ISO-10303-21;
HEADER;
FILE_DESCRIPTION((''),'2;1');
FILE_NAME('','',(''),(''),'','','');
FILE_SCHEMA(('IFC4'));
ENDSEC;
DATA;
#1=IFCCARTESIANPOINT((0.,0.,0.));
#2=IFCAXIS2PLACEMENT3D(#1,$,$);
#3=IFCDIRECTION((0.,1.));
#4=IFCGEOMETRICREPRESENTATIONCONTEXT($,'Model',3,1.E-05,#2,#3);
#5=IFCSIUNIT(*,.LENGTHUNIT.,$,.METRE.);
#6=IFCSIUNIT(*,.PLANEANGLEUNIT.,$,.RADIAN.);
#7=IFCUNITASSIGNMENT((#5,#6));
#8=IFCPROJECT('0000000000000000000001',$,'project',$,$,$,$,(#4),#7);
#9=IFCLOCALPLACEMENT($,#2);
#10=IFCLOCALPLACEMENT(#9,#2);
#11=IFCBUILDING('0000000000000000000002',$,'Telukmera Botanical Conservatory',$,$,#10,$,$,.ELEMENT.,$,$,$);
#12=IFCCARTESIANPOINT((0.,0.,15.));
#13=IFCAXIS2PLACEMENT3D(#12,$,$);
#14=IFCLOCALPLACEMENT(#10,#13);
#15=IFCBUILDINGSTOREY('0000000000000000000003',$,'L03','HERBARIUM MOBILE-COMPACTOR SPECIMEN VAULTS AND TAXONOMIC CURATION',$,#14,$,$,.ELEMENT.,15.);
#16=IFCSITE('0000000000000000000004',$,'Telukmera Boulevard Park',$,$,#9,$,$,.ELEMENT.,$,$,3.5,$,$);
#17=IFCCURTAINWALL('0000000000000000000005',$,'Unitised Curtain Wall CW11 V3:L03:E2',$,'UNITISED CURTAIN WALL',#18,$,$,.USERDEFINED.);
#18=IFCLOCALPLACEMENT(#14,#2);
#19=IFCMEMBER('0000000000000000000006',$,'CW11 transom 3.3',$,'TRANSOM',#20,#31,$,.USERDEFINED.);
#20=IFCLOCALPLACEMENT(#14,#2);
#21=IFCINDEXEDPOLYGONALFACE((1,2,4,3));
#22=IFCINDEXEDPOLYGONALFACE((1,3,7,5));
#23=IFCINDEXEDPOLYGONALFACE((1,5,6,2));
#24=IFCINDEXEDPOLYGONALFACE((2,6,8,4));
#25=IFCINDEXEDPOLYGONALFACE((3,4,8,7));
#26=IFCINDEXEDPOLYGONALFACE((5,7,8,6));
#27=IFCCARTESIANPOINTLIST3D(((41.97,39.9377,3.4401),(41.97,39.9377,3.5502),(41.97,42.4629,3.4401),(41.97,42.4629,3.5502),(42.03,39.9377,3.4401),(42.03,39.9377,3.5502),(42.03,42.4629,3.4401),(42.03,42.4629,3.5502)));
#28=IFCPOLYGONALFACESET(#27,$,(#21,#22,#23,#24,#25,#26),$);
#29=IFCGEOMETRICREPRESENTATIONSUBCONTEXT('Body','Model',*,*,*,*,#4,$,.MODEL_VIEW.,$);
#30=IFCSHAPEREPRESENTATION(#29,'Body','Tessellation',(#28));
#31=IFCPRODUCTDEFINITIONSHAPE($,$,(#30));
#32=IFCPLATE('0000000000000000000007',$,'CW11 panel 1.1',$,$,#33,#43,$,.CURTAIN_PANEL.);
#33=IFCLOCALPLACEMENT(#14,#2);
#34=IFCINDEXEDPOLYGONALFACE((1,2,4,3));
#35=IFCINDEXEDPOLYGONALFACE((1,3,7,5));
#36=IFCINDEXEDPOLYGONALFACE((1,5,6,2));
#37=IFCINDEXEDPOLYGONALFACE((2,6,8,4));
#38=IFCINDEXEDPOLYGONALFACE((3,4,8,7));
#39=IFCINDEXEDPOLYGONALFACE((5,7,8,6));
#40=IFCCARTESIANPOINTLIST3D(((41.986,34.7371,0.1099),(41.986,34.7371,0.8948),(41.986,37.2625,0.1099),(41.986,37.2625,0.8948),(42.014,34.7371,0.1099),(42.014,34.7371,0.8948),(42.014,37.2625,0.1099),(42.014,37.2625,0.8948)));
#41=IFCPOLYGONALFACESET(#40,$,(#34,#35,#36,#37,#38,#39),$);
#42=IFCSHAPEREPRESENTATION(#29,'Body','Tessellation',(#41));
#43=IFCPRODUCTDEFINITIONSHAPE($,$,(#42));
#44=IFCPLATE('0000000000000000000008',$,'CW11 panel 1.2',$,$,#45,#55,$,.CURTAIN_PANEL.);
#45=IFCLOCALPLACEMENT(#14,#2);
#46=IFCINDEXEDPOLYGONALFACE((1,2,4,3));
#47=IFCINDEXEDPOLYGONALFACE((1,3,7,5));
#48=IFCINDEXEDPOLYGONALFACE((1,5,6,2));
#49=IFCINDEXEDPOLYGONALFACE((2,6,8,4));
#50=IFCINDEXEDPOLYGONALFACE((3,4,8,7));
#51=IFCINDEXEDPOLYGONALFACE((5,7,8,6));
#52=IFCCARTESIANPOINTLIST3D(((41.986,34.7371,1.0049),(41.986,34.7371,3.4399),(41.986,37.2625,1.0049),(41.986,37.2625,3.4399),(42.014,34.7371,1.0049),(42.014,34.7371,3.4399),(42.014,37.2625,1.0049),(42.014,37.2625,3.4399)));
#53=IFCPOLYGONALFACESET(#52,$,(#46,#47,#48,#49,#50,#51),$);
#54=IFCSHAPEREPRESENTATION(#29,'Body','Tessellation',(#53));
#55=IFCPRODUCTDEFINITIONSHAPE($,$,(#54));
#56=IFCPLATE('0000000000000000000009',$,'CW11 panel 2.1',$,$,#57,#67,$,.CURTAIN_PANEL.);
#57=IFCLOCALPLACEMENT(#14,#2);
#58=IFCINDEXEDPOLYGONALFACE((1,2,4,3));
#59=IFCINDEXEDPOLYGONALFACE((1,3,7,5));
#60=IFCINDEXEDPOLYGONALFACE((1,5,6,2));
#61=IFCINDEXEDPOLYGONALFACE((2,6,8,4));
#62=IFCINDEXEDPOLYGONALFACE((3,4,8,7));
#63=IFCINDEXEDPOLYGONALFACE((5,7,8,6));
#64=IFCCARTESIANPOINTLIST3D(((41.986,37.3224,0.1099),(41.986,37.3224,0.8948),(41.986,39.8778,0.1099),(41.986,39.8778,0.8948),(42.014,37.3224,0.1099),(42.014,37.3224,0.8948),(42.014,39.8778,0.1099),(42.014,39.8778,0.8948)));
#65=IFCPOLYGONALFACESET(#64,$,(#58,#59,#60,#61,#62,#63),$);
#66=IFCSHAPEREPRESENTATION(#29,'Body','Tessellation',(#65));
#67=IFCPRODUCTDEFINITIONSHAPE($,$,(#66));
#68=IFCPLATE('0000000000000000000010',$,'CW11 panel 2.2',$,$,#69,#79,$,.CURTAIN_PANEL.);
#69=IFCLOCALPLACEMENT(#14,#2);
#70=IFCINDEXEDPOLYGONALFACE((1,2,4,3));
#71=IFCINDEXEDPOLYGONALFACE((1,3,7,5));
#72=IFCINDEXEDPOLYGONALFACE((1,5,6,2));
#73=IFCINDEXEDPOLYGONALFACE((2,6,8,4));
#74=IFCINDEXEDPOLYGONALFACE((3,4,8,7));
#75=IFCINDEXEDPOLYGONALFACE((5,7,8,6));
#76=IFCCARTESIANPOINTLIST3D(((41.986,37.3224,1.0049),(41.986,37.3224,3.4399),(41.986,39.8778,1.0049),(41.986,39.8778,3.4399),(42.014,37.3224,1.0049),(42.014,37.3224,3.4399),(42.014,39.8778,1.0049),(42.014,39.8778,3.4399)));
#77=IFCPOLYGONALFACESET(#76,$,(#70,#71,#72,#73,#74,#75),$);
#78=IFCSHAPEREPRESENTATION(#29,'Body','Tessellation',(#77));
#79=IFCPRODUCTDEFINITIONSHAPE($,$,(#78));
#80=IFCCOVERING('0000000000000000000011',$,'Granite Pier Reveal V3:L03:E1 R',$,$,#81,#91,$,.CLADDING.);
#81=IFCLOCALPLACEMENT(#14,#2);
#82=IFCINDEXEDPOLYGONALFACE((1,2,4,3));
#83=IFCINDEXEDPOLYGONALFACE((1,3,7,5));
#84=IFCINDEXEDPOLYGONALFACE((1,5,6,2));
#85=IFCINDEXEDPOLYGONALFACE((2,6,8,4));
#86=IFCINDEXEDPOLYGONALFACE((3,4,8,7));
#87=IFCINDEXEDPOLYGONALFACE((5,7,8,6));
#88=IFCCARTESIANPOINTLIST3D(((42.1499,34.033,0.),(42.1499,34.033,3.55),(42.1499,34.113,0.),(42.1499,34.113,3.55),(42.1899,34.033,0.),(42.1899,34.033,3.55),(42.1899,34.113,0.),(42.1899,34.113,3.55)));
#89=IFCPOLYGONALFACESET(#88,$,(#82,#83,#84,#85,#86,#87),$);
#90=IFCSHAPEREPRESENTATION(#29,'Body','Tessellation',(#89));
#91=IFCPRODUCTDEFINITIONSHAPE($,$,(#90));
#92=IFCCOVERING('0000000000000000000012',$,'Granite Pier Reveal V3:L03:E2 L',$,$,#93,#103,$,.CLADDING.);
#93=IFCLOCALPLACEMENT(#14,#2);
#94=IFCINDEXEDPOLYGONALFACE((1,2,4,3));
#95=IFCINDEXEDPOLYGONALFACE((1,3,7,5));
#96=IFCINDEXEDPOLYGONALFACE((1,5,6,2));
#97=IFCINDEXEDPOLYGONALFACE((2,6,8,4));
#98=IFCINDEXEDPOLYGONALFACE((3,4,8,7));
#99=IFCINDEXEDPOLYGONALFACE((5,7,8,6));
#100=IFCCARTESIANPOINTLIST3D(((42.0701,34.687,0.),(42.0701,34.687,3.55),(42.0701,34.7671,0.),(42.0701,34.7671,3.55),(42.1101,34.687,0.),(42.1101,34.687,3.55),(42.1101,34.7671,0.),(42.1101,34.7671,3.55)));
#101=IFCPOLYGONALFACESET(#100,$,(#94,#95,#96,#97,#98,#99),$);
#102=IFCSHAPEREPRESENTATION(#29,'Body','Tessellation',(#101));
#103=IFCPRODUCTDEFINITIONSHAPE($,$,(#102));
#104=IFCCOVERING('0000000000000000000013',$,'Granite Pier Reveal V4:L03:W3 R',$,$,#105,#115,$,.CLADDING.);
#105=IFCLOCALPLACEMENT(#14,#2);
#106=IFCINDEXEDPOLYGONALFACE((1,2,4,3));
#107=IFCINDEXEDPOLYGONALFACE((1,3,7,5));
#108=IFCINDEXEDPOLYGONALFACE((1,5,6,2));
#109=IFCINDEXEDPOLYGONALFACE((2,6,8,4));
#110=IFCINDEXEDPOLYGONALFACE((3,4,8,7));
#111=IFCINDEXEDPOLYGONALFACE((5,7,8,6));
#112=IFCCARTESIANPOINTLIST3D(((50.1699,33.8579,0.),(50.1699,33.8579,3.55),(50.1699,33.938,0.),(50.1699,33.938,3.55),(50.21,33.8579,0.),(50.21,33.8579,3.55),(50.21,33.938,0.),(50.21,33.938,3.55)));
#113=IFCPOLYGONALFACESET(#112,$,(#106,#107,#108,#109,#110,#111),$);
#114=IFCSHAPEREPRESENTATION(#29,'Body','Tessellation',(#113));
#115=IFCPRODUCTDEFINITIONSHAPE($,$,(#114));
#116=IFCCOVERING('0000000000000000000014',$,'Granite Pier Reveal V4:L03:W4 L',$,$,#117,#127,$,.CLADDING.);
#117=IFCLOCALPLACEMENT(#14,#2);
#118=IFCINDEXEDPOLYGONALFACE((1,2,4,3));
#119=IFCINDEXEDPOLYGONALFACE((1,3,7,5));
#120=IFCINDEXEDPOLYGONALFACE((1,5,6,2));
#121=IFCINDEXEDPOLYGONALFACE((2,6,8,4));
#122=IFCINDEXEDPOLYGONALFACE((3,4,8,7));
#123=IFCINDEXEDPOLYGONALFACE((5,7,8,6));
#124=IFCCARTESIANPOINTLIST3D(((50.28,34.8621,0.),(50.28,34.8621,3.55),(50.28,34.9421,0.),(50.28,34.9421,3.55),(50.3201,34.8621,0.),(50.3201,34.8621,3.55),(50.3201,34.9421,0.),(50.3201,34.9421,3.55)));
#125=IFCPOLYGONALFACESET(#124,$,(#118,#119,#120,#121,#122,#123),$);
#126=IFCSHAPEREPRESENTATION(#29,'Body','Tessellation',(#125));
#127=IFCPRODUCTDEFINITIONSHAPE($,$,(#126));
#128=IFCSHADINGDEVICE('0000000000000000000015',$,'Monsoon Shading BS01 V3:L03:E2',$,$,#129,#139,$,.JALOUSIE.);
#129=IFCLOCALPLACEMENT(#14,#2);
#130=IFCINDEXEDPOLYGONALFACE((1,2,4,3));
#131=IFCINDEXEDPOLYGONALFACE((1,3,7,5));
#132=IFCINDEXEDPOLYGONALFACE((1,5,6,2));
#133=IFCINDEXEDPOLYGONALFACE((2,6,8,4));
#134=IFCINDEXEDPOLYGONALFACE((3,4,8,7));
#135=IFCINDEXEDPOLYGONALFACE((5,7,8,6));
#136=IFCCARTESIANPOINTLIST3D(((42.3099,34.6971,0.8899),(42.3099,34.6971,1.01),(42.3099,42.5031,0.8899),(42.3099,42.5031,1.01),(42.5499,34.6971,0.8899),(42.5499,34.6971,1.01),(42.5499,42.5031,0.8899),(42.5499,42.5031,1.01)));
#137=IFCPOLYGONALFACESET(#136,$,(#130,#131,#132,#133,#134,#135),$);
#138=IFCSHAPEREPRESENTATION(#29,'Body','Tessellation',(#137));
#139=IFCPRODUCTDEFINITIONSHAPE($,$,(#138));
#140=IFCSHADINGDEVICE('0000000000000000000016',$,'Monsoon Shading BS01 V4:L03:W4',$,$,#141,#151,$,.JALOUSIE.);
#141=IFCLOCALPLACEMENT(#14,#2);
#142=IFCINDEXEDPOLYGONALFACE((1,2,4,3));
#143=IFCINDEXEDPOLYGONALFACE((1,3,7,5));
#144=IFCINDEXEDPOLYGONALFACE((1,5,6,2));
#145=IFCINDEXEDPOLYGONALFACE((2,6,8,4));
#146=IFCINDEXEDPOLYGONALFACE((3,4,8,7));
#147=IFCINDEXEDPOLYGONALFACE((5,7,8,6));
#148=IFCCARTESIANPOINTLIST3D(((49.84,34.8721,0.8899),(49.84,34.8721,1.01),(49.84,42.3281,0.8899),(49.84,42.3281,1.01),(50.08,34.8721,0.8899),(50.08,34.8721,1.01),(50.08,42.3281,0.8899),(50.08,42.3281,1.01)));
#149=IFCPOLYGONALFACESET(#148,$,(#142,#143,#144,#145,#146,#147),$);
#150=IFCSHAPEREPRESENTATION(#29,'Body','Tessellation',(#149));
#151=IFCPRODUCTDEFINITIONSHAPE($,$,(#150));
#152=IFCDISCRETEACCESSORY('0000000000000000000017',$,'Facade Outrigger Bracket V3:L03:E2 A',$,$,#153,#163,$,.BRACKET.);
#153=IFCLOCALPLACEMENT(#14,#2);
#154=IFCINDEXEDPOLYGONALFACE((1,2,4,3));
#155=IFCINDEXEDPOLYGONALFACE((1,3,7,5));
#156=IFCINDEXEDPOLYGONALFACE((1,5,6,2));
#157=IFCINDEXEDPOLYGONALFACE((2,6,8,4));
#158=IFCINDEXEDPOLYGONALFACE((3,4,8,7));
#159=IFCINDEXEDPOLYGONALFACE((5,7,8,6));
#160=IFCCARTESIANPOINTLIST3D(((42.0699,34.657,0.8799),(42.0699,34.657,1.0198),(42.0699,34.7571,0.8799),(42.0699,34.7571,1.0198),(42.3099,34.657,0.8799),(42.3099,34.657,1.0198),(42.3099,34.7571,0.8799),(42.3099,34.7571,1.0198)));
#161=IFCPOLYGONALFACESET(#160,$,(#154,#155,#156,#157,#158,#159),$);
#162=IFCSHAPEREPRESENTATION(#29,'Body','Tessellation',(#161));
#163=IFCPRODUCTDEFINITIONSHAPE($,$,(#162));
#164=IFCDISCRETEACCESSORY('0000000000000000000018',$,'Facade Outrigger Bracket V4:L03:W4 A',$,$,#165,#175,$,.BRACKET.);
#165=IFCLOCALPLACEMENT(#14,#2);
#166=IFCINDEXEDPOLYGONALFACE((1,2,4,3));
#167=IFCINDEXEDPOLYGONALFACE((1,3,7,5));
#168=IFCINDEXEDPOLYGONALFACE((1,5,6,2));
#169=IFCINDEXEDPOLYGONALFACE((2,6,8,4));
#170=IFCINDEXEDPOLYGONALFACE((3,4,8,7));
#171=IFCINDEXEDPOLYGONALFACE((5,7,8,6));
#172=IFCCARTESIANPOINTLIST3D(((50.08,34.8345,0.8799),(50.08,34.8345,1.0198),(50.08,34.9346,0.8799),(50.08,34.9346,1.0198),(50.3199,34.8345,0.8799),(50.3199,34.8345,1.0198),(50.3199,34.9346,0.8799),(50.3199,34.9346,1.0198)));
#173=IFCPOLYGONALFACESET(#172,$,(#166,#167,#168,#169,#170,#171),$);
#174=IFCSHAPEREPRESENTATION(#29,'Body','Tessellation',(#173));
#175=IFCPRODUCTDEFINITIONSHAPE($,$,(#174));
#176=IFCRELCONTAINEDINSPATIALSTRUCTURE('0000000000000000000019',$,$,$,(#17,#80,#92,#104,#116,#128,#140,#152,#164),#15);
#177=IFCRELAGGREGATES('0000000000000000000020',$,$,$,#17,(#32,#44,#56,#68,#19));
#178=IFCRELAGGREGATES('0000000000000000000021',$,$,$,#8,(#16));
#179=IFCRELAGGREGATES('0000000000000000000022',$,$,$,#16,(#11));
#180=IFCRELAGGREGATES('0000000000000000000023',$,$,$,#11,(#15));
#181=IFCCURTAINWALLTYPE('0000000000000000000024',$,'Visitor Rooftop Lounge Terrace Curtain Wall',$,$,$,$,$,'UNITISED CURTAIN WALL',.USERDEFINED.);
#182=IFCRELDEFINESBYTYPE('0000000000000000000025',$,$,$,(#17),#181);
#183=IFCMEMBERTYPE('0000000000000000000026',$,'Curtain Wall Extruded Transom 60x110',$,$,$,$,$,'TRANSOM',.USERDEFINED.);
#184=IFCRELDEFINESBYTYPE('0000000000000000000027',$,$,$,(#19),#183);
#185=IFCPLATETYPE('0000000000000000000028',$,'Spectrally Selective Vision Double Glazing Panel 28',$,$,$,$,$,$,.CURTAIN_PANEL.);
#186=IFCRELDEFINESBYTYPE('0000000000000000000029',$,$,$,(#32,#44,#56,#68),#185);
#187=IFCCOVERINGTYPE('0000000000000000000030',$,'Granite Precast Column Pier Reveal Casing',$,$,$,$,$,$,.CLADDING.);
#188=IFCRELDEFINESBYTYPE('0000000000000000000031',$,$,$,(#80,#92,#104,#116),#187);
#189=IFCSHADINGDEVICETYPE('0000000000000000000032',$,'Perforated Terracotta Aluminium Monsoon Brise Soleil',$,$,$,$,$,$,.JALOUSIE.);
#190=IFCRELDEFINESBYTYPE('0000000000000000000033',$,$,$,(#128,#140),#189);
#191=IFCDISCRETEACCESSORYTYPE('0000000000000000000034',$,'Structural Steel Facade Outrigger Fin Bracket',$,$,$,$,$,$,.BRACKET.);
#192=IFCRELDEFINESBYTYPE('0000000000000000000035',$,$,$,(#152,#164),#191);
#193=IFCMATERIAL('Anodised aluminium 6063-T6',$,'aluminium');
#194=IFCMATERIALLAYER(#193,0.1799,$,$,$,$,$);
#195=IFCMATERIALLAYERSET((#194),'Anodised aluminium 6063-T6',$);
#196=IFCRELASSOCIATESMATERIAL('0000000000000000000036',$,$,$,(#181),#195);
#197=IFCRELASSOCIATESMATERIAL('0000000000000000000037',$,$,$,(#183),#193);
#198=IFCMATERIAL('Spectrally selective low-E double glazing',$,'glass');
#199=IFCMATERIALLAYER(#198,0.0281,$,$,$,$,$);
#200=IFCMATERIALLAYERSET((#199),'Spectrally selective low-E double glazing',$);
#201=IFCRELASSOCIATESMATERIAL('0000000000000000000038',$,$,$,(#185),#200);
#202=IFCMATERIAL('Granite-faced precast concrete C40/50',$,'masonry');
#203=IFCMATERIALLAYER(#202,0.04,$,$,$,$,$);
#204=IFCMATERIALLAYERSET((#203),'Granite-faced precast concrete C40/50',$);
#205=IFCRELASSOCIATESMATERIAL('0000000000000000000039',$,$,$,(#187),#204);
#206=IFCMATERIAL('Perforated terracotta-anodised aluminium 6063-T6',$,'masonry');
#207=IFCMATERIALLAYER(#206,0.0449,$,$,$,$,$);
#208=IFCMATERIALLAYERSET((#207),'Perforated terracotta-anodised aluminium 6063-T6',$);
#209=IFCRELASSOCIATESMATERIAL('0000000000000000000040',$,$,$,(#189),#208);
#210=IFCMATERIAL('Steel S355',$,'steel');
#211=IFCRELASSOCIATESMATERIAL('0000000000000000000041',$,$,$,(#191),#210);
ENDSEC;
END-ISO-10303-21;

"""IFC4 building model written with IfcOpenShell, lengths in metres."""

from ifc_helpers import new_model, si_unit, direction, frame, origin, origin_2d, place, context, subcontext, project, spatial, rectangle, extrude, material, layer, layer_set, material_profile, profile_set, type_object, element, aggregate, save


model = new_model("IFC4")

# Units and contexts
model_context = context("Model", 3, precision=1e-05, world=origin(), true_north=direction((0.0, 1.0)))
body_context = subcontext(model_context, "Body", "Model", "MODEL_VIEW")
ifc_project = project(units=[si_unit("LENGTHUNIT", "METRE"), si_unit("PLANEANGLEUNIT", "RADIAN")], contexts=[model_context])

# Site, building, storey
site_placement = place(None, origin())
site = spatial("IfcSite", under=ifc_project, at=site_placement, Name="Telukmera Boulevard Park", CompositionType="ELEMENT", RefElevation=3.5)
building_placement = place(site_placement, origin())
building = spatial("IfcBuilding", under=site, at=building_placement, Name="Telukmera Botanical Conservatory", CompositionType="ELEMENT")
storey_placement = place(building_placement, frame((0.0, 0.0, 15.0)))
storey = spatial("IfcBuildingStorey", under=building, at=storey_placement, Name="L03", Description="HERBARIUM MOBILE-COMPACTOR SPECIMEN VAULTS AND TAXONOMIC CURATION", CompositionType="ELEMENT", Elevation=15.0)

# Curtain wall, member, plates
ifc_material_1 = material(Name="Anodised aluminium 6063-T6", Category="aluminium")
ifc_layer_1 = layer(ifc_material_1, 0.1799)
ifc_layer_set_1 = layer_set([ifc_layer_1], Name="Anodised aluminium 6063-T6")
curtain_wall_type = type_object("IfcCurtainWallType", Name="Visitor Rooftop Lounge Terrace Curtain Wall", ElementType="UNITISED CURTAIN WALL", PredefinedType="USERDEFINED", material=ifc_layer_set_1)
curtain_wall_placement = place(storey_placement, origin())
curtain_wall = element("IfcCurtainWall", 1, at=curtain_wall_placement, inside=storey, type_object=curtain_wall_type, Name="Unitised Curtain Wall CW11 V3:L03:E2", ObjectType="UNITISED CURTAIN WALL", PredefinedType="USERDEFINED")
ifc_material_profile_1 = material_profile(ifc_material_1, rectangle(XDim=0.0601, YDim=0.1101, at=origin_2d()), Name="ALU TRAN 60x110")
ifc_profile_set_1 = profile_set([ifc_material_profile_1], Name="Anodised aluminium 6063-T6")
member_type_1 = type_object("IfcMemberType", Name="Curtain Wall Extruded Transom 60x110", ElementType="TRANSOM", PredefinedType="USERDEFINED", material=ifc_profile_set_1)
member_1_placement = place(storey_placement, frame((42.0, 39.9377, 3.4951), z_axis=(0.0, 1.0, 0.0), x_axis=(-1.0, 0.0, 0.0)))
member_1 = element("IfcMember", 2, at=member_1_placement, type_object=member_type_1, Name="CW11 transom 3.3", ObjectType="TRANSOM", PredefinedType="USERDEFINED", context=body_context, shape_type="SweptSolid", body=[
    extrude(rectangle(XDim=0.0601, YDim=0.1101, at=origin_2d()), origin(), (0.0, 0.0, 1.0), 2.5251),
])
ifc_material_2 = material(Name="Spectrally selective low-E double glazing", Category="glass")
ifc_layer_2 = layer(ifc_material_2, 0.0281)
ifc_layer_set_2 = layer_set([ifc_layer_2], Name="Spectrally selective low-E double glazing")
plate_type = type_object("IfcPlateType", Name="Spectrally Selective Vision Double Glazing Panel 28", PredefinedType="CURTAIN_PANEL", material=ifc_layer_set_2)
plate_1_placement = place(storey_placement, frame((42.0, 35.9998, 0.1099), z_axis=(0.0, 0.0, 1.0), x_axis=(0.0, 1.0, 0.0)))
plate_1 = element("IfcPlate", 3, at=plate_1_placement, type_object=plate_type, Name="CW11 panel 1.1", PredefinedType="CURTAIN_PANEL", context=body_context, shape_type="SweptSolid", body=[
    extrude(rectangle(XDim=2.5254, YDim=0.0281, at=origin_2d()), origin(), (0.0, 0.0, 1.0), 0.7849),
])
plate_2_placement = place(storey_placement, frame((42.0, 35.9998, 1.0049), z_axis=(0.0, 0.0, 1.0), x_axis=(0.0, 1.0, 0.0)))
plate_2 = element("IfcPlate", 4, at=plate_2_placement, type_object=plate_type, Name="CW11 panel 1.2", PredefinedType="CURTAIN_PANEL", context=body_context, shape_type="SweptSolid", body=[
    extrude(rectangle(XDim=2.5254, YDim=0.0281, at=origin_2d()), origin(), (0.0, 0.0, 1.0), 2.4351),
])
plate_3_placement = place(storey_placement, frame((42.0, 38.6001, 0.1099), z_axis=(0.0, 0.0, 1.0), x_axis=(0.0, 1.0, 0.0)))
plate_3 = element("IfcPlate", 5, at=plate_3_placement, type_object=plate_type, Name="CW11 panel 2.1", PredefinedType="CURTAIN_PANEL", context=body_context, shape_type="SweptSolid", body=[
    extrude(rectangle(XDim=2.5554, YDim=0.0281, at=origin_2d()), origin(), (0.0, 0.0, 1.0), 0.7849),
])
plate_4_placement = place(storey_placement, frame((42.0, 38.6001, 1.0049), z_axis=(0.0, 0.0, 1.0), x_axis=(0.0, 1.0, 0.0)))
plate_4 = element("IfcPlate", 6, at=plate_4_placement, type_object=plate_type, Name="CW11 panel 2.2", PredefinedType="CURTAIN_PANEL", context=body_context, shape_type="SweptSolid", body=[
    extrude(rectangle(XDim=2.5554, YDim=0.0281, at=origin_2d()), origin(), (0.0, 0.0, 1.0), 2.4351),
])
aggregate(curtain_wall, [plate_1, plate_2, plate_3, plate_4, member_1])

# Coverings
ifc_material_3 = material(Name="Granite-faced precast concrete C40/50", Category="masonry")
ifc_layer_3 = layer(ifc_material_3, 0.04)
ifc_layer_set_3 = layer_set([ifc_layer_3], Name="Granite-faced precast concrete C40/50")
covering_type = type_object("IfcCoveringType", Name="Granite Precast Column Pier Reveal Casing", PredefinedType="CLADDING", material=ifc_layer_set_3)
for number, where, z_axis, x_axis, name in (
    (7, (42.1699, 34.073, 0.0), (0.0, 0.0, 1.0), (0.0, 1.0, 0.0), "Granite Pier Reveal V3:L03:E1 R"),
    (8, (42.0901, 34.7271, 0.0), (0.0, 0.0, 1.0), (0.0, 1.0, 0.0), "Granite Pier Reveal V3:L03:E2 L"),
    (9, (50.1899, 33.8979, 0.0), (0.0, 0.0, 1.0), (0.0, 1.0, 0.0), "Granite Pier Reveal V4:L03:W3 R"),
    (10, (50.3, 34.9021, 0.0), (0.0, 0.0, 1.0), (0.0, 1.0, 0.0), "Granite Pier Reveal V4:L03:W4 L"),
):
    element("IfcCovering", number, at=place(storey_placement, frame(where, z_axis=z_axis, x_axis=x_axis)), inside=storey, type_object=covering_type, Name=name, PredefinedType="CLADDING", context=body_context, shape_type="SweptSolid", body=[
        extrude(rectangle(XDim=0.0801, YDim=0.04, at=origin_2d()), origin(), (0.0, 0.0, 1.0), 3.55),
    ])

# Shading devices
ifc_material_4 = material(Name="Perforated terracotta-anodised aluminium 6063-T6", Category="masonry")
ifc_layer_4 = layer(ifc_material_4, 0.0449)
ifc_layer_set_4 = layer_set([ifc_layer_4], Name="Perforated terracotta-anodised aluminium 6063-T6")
shading_device_type = type_object("IfcShadingDeviceType", Name="Perforated Terracotta Aluminium Monsoon Brise Soleil", PredefinedType="JALOUSIE", material=ifc_layer_set_4)
shading_device_1_placement = place(storey_placement, frame((42.4299, 38.6001, 0.8899), z_axis=(0.0, 0.0, 1.0), x_axis=(0.0, 1.0, 0.0)))
element("IfcShadingDevice", 11, at=shading_device_1_placement, inside=storey, type_object=shading_device_type, Name="Monsoon Shading BS01 V3:L03:E2", PredefinedType="JALOUSIE", context=body_context, shape_type="SweptSolid", body=[
    extrude(rectangle(XDim=7.8059, YDim=0.24, at=origin_2d()), origin(), (0.0, 0.0, 1.0), 0.1201),
])
shading_device_2_placement = place(storey_placement, frame((49.96, 38.6001, 0.8899), z_axis=(0.0, 0.0, 1.0), x_axis=(0.0, 1.0, 0.0)))
element("IfcShadingDevice", 12, at=shading_device_2_placement, inside=storey, type_object=shading_device_type, Name="Monsoon Shading BS01 V4:L03:W4", PredefinedType="JALOUSIE", context=body_context, shape_type="SweptSolid", body=[
    extrude(rectangle(XDim=7.4561, YDim=0.24, at=origin_2d()), origin(), (0.0, 0.0, 1.0), 0.1201),
])

# Discrete accessories
ifc_material_5 = material(Name="Steel S355", Category="steel")
discrete_accessory_type = type_object("IfcDiscreteAccessoryType", Name="Structural Steel Facade Outrigger Fin Bracket", PredefinedType="BRACKET", material=ifc_material_5)
for number, where, z_axis, x_axis, name in (
    (13, (42.1899, 34.707, 0.8799), (0.0, 0.0, 1.0), (0.0, 1.0, 0.0), "Facade Outrigger Bracket V3:L03:E2 A"),
    (14, (50.2, 34.8845, 0.8799), (0.0, 0.0, 1.0), (0.0, 1.0, 0.0), "Facade Outrigger Bracket V4:L03:W4 A"),
):
    element("IfcDiscreteAccessory", number, at=place(storey_placement, frame(where, z_axis=z_axis, x_axis=x_axis)), inside=storey, type_object=discrete_accessory_type, Name=name, PredefinedType="BRACKET", context=body_context, shape_type="SweptSolid", body=[
        extrude(rectangle(XDim=0.1001, YDim=0.24, at=origin_2d()), origin(), (0.0, 0.0, 1.0), 0.1399),
    ])

save(model, "model.ifc")
